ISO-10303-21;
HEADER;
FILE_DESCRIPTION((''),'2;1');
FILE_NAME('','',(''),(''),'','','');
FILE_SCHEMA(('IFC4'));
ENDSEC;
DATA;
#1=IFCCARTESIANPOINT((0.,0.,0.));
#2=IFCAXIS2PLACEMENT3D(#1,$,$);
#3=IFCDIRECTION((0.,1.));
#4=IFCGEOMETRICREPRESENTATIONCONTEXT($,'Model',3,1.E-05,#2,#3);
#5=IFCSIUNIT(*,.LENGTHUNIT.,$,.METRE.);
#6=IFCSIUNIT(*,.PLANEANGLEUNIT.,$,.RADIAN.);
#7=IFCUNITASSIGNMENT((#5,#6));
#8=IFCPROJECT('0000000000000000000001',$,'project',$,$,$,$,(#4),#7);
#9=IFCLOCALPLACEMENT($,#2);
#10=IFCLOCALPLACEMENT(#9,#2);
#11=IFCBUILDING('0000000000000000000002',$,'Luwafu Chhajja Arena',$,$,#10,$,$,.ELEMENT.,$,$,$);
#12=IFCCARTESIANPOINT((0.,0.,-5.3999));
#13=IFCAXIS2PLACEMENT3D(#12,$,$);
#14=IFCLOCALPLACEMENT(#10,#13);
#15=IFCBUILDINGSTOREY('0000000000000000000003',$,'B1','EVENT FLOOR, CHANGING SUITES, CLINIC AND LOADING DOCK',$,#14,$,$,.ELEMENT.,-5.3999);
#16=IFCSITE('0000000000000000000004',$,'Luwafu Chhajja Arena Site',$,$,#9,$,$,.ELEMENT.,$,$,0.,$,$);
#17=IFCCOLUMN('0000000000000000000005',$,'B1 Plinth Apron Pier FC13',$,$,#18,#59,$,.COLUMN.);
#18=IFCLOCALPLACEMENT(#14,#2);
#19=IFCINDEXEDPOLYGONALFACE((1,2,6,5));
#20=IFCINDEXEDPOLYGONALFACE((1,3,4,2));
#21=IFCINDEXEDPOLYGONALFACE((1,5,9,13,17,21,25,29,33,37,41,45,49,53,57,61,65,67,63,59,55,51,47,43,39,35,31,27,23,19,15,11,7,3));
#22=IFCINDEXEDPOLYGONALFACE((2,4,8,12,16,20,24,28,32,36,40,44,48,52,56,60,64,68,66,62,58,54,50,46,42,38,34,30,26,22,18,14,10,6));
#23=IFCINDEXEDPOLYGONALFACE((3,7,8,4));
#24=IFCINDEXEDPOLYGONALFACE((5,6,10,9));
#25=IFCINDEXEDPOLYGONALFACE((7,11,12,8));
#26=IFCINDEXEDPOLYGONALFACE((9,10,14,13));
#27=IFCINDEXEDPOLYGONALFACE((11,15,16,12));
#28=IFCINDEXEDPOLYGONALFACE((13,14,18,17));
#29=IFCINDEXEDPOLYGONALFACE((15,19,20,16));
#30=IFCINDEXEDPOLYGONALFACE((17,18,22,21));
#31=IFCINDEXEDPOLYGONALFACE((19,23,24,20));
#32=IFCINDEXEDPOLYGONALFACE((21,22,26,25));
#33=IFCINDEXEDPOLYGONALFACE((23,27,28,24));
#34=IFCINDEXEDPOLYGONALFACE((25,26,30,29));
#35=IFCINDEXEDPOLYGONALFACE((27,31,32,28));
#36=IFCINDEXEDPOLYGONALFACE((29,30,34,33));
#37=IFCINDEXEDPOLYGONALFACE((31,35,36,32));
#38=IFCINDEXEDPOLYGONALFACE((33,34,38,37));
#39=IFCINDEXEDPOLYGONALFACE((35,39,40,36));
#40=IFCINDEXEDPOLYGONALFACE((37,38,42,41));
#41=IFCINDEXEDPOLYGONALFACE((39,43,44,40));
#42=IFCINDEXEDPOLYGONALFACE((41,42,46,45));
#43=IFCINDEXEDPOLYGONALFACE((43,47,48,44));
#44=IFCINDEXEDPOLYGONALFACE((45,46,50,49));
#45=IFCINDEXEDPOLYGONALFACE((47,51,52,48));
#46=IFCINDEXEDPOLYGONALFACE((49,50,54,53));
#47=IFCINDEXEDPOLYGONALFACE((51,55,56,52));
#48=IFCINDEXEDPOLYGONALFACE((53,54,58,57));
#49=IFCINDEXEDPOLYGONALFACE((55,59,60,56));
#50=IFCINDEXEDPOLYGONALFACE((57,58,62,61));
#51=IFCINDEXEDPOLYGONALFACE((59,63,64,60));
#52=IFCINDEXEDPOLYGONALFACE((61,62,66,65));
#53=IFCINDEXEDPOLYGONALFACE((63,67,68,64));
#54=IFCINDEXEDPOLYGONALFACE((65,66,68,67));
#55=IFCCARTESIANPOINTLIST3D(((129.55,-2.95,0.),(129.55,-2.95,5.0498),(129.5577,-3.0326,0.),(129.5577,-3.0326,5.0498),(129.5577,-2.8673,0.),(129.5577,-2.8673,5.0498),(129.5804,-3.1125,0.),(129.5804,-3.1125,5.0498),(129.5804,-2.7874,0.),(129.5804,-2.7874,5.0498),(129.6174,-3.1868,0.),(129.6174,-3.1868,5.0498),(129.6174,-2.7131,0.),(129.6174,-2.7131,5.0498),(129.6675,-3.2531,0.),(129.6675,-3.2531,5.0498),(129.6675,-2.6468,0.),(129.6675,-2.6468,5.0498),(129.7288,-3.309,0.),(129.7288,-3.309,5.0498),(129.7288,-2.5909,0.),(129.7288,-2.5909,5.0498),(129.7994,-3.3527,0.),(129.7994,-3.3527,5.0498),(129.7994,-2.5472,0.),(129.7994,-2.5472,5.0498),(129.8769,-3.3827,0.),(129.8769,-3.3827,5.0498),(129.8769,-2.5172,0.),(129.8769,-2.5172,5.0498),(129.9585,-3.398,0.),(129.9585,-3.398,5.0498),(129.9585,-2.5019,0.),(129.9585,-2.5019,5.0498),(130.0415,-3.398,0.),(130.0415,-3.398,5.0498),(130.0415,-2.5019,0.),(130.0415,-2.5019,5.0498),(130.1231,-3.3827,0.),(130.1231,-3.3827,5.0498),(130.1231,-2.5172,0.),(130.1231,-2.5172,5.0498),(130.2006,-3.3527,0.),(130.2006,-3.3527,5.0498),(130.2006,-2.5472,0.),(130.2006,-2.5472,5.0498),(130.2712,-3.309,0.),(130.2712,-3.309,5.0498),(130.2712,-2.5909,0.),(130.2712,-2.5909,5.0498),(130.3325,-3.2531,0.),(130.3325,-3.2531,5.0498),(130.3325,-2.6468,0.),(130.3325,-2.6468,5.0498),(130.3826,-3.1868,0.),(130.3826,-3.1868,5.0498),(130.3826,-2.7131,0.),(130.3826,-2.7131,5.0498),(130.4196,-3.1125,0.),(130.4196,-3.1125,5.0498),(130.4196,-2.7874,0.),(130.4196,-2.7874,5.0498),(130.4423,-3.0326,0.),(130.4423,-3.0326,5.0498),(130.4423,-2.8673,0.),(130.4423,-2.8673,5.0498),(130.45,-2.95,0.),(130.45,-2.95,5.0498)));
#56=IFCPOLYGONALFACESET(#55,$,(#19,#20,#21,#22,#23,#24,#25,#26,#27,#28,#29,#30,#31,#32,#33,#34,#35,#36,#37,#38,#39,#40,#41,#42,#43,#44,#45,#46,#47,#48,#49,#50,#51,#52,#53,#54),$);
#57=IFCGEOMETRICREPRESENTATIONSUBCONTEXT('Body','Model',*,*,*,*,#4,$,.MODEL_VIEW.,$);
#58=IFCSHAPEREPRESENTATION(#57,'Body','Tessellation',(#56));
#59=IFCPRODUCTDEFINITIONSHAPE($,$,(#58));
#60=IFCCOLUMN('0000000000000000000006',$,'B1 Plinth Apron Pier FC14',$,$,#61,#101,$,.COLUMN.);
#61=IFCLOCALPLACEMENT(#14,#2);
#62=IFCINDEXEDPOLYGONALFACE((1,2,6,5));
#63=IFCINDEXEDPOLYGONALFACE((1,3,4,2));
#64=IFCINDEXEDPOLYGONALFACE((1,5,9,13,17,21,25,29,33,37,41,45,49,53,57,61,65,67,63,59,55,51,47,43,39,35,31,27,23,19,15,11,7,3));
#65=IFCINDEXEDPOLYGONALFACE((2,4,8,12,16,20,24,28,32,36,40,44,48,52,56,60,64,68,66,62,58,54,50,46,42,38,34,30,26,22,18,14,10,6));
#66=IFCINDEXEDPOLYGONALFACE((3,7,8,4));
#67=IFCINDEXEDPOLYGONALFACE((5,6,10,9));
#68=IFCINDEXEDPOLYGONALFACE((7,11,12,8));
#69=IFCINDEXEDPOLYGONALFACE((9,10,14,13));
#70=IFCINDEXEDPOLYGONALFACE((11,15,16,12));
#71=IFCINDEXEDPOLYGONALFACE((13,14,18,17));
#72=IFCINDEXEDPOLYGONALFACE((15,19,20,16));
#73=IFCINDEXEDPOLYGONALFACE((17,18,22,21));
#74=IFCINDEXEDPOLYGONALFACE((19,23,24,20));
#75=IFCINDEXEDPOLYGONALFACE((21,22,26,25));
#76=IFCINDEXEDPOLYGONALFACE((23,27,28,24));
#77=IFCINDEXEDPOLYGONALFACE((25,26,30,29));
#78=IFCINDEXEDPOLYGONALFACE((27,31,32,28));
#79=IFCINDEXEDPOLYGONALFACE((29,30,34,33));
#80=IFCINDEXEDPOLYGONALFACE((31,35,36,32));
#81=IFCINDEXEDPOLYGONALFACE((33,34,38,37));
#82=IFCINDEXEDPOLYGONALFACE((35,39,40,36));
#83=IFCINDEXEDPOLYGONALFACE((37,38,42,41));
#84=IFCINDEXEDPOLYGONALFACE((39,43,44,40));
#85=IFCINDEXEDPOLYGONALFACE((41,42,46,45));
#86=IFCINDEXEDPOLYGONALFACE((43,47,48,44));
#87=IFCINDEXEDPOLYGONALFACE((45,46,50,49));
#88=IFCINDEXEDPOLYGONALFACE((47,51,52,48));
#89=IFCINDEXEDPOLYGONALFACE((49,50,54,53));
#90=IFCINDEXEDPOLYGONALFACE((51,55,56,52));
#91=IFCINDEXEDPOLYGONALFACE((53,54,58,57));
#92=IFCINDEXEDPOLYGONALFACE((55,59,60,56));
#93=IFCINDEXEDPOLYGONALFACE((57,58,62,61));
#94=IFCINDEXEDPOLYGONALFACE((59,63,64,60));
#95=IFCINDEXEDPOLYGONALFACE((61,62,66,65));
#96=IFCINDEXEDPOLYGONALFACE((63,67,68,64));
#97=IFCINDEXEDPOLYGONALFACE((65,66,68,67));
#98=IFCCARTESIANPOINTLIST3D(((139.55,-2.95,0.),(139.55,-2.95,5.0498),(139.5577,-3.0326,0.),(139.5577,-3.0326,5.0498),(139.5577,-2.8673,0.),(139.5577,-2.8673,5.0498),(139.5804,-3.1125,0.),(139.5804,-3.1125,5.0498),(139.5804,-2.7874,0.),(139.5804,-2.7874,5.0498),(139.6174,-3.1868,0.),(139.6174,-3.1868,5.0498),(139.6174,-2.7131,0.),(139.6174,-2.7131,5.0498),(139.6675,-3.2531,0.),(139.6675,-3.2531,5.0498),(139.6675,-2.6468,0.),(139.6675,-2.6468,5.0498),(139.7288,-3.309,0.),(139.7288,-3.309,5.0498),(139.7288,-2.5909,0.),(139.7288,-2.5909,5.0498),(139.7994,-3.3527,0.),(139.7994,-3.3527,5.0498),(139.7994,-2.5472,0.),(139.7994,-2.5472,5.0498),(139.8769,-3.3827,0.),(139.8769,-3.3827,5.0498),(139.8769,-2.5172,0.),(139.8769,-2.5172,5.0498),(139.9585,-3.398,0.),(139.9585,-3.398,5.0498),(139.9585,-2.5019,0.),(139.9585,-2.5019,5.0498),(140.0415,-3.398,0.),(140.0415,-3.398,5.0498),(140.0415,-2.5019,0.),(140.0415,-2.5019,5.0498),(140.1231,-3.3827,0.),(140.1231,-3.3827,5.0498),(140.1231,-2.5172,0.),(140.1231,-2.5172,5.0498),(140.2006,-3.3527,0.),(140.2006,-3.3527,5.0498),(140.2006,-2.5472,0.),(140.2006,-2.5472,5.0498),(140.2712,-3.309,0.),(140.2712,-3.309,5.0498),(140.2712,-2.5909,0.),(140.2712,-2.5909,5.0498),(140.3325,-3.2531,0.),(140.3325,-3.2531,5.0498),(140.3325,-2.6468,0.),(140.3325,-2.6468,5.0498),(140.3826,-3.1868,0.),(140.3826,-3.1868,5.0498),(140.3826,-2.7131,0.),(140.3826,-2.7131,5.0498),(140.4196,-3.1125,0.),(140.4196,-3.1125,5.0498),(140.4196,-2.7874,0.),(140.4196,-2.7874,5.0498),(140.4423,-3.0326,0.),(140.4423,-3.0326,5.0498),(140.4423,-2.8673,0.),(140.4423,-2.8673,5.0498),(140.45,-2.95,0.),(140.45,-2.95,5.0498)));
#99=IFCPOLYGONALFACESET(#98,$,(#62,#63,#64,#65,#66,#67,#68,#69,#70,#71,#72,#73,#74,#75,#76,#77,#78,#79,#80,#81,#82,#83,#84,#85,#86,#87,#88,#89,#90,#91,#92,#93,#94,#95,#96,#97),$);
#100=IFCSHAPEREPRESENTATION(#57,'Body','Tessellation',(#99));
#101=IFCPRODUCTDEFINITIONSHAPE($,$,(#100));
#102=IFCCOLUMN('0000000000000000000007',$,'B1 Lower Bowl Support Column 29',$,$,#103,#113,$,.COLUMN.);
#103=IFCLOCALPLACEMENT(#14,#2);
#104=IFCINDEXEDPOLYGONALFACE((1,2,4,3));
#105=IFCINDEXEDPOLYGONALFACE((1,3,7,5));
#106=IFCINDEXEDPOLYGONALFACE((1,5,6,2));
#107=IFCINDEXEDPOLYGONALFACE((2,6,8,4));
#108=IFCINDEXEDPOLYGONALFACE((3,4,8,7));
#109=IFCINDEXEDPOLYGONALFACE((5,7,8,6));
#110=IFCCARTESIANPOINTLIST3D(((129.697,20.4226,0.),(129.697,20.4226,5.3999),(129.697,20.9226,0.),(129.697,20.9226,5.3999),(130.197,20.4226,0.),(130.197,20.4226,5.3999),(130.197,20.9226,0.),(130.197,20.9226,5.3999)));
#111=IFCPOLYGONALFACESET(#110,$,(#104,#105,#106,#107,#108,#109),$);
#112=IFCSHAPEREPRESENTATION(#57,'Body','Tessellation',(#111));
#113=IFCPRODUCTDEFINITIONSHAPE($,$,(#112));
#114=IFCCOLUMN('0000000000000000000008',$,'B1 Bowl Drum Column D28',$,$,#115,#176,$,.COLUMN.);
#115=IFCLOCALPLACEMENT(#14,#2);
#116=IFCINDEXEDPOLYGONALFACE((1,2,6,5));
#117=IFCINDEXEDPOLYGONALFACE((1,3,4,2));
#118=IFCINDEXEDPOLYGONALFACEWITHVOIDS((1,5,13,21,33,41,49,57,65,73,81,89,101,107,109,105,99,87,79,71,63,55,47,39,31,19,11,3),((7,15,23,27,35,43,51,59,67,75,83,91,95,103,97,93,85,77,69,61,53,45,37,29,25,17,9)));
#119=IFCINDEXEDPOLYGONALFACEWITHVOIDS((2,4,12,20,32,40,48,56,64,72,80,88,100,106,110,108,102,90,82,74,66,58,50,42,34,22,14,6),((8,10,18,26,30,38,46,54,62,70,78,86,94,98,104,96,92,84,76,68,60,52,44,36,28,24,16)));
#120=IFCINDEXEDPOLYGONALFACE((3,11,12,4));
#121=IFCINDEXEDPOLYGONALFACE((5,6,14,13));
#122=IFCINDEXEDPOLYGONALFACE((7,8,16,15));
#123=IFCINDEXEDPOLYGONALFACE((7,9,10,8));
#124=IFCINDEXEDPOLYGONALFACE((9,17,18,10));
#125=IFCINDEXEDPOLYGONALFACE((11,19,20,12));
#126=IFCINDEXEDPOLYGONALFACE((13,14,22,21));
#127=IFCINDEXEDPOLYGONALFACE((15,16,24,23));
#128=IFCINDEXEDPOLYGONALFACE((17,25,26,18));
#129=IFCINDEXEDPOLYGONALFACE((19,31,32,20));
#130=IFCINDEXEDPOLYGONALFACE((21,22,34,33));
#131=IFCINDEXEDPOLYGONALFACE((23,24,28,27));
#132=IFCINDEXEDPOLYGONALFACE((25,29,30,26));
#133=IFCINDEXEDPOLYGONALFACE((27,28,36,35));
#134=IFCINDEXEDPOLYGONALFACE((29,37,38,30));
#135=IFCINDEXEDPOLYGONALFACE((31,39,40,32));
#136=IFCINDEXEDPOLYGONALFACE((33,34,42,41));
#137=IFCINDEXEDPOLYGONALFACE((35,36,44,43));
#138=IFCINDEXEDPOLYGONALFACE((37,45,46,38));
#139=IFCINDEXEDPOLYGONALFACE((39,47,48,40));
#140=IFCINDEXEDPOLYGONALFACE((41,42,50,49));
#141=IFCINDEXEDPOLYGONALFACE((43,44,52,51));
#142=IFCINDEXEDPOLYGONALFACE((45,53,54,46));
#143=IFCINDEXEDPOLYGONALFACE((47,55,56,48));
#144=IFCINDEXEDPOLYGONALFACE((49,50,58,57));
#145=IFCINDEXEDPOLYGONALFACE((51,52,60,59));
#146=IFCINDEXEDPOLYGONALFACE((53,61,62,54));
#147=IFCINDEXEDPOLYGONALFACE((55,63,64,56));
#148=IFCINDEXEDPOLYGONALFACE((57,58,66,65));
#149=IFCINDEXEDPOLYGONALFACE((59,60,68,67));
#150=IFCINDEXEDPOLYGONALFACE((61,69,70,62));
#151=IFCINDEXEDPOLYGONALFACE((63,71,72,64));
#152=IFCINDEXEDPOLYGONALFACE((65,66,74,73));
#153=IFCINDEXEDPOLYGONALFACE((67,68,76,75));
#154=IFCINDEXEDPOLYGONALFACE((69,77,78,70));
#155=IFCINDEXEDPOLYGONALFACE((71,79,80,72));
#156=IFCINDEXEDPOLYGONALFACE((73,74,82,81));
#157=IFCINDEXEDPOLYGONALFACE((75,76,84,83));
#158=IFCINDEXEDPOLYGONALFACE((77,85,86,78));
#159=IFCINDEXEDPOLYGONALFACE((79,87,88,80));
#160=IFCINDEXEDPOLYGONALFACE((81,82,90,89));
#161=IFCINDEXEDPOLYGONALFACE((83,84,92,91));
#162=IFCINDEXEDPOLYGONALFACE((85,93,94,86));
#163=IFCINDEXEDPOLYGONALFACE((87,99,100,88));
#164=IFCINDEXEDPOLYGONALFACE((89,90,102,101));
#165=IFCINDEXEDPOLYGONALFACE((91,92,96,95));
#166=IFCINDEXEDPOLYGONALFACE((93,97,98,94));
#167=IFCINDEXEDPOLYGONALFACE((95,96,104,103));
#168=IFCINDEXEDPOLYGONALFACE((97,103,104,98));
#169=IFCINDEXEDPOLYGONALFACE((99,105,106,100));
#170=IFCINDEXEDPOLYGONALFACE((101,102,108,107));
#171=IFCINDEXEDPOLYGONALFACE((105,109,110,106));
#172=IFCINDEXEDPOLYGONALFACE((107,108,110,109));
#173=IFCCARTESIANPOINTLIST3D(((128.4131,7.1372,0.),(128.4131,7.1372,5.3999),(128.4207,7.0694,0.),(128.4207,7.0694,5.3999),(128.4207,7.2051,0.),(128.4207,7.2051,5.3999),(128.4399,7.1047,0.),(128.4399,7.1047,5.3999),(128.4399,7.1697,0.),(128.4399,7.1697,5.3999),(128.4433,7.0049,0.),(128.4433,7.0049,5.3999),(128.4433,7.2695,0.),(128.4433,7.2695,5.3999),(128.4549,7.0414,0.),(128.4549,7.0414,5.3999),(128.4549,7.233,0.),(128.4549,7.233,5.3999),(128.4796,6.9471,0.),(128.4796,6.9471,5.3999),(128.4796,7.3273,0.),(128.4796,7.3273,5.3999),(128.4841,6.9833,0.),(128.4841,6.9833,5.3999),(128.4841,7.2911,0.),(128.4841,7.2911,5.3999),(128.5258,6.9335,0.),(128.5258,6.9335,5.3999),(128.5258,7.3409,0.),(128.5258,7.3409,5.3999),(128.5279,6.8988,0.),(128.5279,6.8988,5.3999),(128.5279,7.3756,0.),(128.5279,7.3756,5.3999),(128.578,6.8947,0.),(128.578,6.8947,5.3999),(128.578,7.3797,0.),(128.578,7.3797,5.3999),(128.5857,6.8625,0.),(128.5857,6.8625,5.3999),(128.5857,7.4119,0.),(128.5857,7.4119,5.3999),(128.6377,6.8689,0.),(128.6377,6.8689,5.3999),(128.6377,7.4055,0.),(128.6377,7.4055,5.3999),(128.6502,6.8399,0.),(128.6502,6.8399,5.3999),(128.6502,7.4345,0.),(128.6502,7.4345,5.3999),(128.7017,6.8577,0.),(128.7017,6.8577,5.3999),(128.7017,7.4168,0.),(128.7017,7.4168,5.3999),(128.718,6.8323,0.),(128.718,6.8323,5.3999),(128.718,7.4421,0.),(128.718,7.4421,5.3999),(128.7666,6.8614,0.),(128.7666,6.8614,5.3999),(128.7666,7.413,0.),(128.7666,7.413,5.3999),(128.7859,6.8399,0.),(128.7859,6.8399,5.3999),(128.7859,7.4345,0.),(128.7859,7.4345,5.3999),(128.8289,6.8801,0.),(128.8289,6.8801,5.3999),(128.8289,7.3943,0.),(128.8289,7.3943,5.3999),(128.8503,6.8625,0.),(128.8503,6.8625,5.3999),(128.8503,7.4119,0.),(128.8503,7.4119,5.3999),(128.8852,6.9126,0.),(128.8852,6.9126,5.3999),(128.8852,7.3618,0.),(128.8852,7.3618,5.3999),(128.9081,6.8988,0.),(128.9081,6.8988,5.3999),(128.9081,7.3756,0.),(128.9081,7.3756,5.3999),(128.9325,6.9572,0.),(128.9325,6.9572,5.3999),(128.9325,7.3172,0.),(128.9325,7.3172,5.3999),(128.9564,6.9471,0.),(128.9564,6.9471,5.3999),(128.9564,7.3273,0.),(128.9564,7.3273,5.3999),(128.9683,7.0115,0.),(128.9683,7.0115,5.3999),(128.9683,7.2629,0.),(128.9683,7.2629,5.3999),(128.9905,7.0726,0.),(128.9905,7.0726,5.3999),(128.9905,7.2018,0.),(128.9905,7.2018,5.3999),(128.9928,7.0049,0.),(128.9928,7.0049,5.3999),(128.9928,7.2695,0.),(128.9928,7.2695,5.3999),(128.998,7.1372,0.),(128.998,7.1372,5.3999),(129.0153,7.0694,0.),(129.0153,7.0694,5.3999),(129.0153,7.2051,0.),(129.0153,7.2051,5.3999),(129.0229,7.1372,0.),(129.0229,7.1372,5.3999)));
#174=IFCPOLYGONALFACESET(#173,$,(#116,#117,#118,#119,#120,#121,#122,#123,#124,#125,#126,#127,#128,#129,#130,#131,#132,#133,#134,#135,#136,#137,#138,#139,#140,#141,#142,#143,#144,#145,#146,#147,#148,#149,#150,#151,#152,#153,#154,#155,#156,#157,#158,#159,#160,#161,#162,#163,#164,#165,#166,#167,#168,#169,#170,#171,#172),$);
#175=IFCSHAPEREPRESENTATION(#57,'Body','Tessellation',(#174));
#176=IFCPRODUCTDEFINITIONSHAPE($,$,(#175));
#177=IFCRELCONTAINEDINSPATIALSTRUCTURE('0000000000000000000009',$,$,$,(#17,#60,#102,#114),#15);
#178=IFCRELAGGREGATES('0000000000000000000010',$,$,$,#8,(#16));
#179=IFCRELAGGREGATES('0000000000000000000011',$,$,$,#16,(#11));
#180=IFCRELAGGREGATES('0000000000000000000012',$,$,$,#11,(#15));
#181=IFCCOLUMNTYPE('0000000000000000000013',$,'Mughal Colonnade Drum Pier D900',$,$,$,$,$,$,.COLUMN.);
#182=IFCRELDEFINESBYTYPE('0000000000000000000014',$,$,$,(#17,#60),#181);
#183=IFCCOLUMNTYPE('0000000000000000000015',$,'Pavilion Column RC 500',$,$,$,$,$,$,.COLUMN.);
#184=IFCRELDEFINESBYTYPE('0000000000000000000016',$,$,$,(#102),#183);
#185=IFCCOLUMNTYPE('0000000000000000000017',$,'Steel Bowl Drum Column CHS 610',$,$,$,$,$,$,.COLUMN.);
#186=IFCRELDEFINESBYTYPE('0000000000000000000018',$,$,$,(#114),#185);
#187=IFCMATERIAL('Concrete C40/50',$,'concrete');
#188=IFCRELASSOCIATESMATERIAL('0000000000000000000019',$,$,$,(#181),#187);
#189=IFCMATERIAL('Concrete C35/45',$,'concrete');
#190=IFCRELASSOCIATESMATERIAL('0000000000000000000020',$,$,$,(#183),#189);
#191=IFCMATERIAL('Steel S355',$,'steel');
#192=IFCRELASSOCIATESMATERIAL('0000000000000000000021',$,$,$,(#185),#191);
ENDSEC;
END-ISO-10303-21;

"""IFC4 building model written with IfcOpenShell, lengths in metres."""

from ifc_helpers import new_model, si_unit, direction, frame, origin, origin_2d, place, context, subcontext, project, spatial, rectangle, circle, hollow_circle, extrude, material, material_profile, profile_set, type_object, element, save


model = new_model("IFC4")

# Units and contexts
model_context = context("Model", 3, precision=1e-05, world=origin(), true_north=direction((0.0, 1.0)))
body_context = subcontext(model_context, "Body", "Model", "MODEL_VIEW")
ifc_project = project(units=[si_unit("LENGTHUNIT", "METRE"), si_unit("PLANEANGLEUNIT", "RADIAN")], contexts=[model_context])

# Site, building, storey
site_placement = place(None, origin())
site = spatial("IfcSite", under=ifc_project, at=site_placement, Name="Luwafu Chhajja Arena Site", CompositionType="ELEMENT", RefElevation=0.0)
building_placement = place(site_placement, origin())
building = spatial("IfcBuilding", under=site, at=building_placement, Name="Luwafu Chhajja Arena", CompositionType="ELEMENT")
storey_placement = place(building_placement, frame((0.0, 0.0, -5.3999)))
storey = spatial("IfcBuildingStorey", under=building, at=storey_placement, Name="B1", Description="EVENT FLOOR, CHANGING SUITES, CLINIC AND LOADING DOCK", CompositionType="ELEMENT", Elevation=-5.3999)

# Shared definitions
ifc_material_1 = material(Name="Concrete C35/45", Category="concrete")

# Columns
ifc_material_2 = material(Name="Concrete C40/50", Category="concrete")
ifc_material_profile_1 = material_profile(ifc_material_2, circle(Radius=0.45, at=origin_2d()), Name="RC COL D900")
ifc_profile_set_1 = profile_set([ifc_material_profile_1], Name="Concrete C40/50")
column_type_1 = type_object("IfcColumnType", Name="Mughal Colonnade Drum Pier D900", PredefinedType="COLUMN", material=ifc_profile_set_1)
for number, where, z_axis, x_axis, name in (
    (1, (130.0, -2.95, 0.0), (0.0, 0.0, 1.0), (1.0, 0.0, 0.0), "B1 Plinth Apron Pier FC13"),
    (2, (140.0, -2.95, 0.0), (0.0, 0.0, 1.0), (1.0, 0.0, 0.0), "B1 Plinth Apron Pier FC14"),
):
    element("IfcColumn", number, at=place(storey_placement, frame(where, z_axis=z_axis, x_axis=x_axis)), inside=storey, type_object=column_type_1, Name=name, PredefinedType="COLUMN", context=body_context, shape_type="SweptSolid", body=[
        extrude(circle(Radius=0.45, at=origin_2d()), origin(), (0.0, 0.0, 1.0), 5.0498),
    ])
ifc_material_profile_2 = material_profile(ifc_material_1, rectangle(XDim=0.5, YDim=0.5, at=origin_2d()), Name="RC 500x500")
ifc_profile_set_2 = profile_set([ifc_material_profile_2], Name="Concrete C35/45")
column_type_2 = type_object("IfcColumnType", Name="Pavilion Column RC 500", PredefinedType="COLUMN", material=ifc_profile_set_2)
column_1_placement = place(storey_placement, frame((129.947, 20.6726, 0.0), z_axis=(0.0, 0.0, 1.0), x_axis=(1.0, 0.0, 0.0)))
element("IfcColumn", 3, at=column_1_placement, inside=storey, type_object=column_type_2, Name="B1 Lower Bowl Support Column 29", PredefinedType="COLUMN", context=body_context, shape_type="SweptSolid", body=[
    extrude(rectangle(XDim=0.5, YDim=0.5, at=origin_2d()), origin(), (0.0, 0.0, 1.0), 5.3999),
])
ifc_material_3 = material(Name="Steel S355", Category="steel")
ifc_material_profile_3 = material_profile(ifc_material_3, hollow_circle(Radius=0.3049, WallThickness=0.0249, at=origin_2d()), Name="CHS 610x25")
ifc_profile_set_3 = profile_set([ifc_material_profile_3], Name="Steel S355")
column_type_3 = type_object("IfcColumnType", Name="Steel Bowl Drum Column CHS 610", PredefinedType="COLUMN", material=ifc_profile_set_3)
for number, where, z_axis, x_axis, name in (
    (4, (128.718, 7.1372, 0.0), (0.0, 0.0, 1.0), (1.0, 0.0, 0.0), "B1 Bowl Drum Column D28"),
):
    element("IfcColumn", number, at=place(storey_placement, frame(where, z_axis=z_axis, x_axis=x_axis)), inside=storey, type_object=column_type_3, Name=name, PredefinedType="COLUMN", context=body_context, shape_type="SweptSolid", body=[
        extrude(hollow_circle(Radius=0.3049, WallThickness=0.0249, at=origin_2d()), origin(), (0.0, 0.0, 1.0), 5.3999),
    ])

save(model, "model.ifc")
